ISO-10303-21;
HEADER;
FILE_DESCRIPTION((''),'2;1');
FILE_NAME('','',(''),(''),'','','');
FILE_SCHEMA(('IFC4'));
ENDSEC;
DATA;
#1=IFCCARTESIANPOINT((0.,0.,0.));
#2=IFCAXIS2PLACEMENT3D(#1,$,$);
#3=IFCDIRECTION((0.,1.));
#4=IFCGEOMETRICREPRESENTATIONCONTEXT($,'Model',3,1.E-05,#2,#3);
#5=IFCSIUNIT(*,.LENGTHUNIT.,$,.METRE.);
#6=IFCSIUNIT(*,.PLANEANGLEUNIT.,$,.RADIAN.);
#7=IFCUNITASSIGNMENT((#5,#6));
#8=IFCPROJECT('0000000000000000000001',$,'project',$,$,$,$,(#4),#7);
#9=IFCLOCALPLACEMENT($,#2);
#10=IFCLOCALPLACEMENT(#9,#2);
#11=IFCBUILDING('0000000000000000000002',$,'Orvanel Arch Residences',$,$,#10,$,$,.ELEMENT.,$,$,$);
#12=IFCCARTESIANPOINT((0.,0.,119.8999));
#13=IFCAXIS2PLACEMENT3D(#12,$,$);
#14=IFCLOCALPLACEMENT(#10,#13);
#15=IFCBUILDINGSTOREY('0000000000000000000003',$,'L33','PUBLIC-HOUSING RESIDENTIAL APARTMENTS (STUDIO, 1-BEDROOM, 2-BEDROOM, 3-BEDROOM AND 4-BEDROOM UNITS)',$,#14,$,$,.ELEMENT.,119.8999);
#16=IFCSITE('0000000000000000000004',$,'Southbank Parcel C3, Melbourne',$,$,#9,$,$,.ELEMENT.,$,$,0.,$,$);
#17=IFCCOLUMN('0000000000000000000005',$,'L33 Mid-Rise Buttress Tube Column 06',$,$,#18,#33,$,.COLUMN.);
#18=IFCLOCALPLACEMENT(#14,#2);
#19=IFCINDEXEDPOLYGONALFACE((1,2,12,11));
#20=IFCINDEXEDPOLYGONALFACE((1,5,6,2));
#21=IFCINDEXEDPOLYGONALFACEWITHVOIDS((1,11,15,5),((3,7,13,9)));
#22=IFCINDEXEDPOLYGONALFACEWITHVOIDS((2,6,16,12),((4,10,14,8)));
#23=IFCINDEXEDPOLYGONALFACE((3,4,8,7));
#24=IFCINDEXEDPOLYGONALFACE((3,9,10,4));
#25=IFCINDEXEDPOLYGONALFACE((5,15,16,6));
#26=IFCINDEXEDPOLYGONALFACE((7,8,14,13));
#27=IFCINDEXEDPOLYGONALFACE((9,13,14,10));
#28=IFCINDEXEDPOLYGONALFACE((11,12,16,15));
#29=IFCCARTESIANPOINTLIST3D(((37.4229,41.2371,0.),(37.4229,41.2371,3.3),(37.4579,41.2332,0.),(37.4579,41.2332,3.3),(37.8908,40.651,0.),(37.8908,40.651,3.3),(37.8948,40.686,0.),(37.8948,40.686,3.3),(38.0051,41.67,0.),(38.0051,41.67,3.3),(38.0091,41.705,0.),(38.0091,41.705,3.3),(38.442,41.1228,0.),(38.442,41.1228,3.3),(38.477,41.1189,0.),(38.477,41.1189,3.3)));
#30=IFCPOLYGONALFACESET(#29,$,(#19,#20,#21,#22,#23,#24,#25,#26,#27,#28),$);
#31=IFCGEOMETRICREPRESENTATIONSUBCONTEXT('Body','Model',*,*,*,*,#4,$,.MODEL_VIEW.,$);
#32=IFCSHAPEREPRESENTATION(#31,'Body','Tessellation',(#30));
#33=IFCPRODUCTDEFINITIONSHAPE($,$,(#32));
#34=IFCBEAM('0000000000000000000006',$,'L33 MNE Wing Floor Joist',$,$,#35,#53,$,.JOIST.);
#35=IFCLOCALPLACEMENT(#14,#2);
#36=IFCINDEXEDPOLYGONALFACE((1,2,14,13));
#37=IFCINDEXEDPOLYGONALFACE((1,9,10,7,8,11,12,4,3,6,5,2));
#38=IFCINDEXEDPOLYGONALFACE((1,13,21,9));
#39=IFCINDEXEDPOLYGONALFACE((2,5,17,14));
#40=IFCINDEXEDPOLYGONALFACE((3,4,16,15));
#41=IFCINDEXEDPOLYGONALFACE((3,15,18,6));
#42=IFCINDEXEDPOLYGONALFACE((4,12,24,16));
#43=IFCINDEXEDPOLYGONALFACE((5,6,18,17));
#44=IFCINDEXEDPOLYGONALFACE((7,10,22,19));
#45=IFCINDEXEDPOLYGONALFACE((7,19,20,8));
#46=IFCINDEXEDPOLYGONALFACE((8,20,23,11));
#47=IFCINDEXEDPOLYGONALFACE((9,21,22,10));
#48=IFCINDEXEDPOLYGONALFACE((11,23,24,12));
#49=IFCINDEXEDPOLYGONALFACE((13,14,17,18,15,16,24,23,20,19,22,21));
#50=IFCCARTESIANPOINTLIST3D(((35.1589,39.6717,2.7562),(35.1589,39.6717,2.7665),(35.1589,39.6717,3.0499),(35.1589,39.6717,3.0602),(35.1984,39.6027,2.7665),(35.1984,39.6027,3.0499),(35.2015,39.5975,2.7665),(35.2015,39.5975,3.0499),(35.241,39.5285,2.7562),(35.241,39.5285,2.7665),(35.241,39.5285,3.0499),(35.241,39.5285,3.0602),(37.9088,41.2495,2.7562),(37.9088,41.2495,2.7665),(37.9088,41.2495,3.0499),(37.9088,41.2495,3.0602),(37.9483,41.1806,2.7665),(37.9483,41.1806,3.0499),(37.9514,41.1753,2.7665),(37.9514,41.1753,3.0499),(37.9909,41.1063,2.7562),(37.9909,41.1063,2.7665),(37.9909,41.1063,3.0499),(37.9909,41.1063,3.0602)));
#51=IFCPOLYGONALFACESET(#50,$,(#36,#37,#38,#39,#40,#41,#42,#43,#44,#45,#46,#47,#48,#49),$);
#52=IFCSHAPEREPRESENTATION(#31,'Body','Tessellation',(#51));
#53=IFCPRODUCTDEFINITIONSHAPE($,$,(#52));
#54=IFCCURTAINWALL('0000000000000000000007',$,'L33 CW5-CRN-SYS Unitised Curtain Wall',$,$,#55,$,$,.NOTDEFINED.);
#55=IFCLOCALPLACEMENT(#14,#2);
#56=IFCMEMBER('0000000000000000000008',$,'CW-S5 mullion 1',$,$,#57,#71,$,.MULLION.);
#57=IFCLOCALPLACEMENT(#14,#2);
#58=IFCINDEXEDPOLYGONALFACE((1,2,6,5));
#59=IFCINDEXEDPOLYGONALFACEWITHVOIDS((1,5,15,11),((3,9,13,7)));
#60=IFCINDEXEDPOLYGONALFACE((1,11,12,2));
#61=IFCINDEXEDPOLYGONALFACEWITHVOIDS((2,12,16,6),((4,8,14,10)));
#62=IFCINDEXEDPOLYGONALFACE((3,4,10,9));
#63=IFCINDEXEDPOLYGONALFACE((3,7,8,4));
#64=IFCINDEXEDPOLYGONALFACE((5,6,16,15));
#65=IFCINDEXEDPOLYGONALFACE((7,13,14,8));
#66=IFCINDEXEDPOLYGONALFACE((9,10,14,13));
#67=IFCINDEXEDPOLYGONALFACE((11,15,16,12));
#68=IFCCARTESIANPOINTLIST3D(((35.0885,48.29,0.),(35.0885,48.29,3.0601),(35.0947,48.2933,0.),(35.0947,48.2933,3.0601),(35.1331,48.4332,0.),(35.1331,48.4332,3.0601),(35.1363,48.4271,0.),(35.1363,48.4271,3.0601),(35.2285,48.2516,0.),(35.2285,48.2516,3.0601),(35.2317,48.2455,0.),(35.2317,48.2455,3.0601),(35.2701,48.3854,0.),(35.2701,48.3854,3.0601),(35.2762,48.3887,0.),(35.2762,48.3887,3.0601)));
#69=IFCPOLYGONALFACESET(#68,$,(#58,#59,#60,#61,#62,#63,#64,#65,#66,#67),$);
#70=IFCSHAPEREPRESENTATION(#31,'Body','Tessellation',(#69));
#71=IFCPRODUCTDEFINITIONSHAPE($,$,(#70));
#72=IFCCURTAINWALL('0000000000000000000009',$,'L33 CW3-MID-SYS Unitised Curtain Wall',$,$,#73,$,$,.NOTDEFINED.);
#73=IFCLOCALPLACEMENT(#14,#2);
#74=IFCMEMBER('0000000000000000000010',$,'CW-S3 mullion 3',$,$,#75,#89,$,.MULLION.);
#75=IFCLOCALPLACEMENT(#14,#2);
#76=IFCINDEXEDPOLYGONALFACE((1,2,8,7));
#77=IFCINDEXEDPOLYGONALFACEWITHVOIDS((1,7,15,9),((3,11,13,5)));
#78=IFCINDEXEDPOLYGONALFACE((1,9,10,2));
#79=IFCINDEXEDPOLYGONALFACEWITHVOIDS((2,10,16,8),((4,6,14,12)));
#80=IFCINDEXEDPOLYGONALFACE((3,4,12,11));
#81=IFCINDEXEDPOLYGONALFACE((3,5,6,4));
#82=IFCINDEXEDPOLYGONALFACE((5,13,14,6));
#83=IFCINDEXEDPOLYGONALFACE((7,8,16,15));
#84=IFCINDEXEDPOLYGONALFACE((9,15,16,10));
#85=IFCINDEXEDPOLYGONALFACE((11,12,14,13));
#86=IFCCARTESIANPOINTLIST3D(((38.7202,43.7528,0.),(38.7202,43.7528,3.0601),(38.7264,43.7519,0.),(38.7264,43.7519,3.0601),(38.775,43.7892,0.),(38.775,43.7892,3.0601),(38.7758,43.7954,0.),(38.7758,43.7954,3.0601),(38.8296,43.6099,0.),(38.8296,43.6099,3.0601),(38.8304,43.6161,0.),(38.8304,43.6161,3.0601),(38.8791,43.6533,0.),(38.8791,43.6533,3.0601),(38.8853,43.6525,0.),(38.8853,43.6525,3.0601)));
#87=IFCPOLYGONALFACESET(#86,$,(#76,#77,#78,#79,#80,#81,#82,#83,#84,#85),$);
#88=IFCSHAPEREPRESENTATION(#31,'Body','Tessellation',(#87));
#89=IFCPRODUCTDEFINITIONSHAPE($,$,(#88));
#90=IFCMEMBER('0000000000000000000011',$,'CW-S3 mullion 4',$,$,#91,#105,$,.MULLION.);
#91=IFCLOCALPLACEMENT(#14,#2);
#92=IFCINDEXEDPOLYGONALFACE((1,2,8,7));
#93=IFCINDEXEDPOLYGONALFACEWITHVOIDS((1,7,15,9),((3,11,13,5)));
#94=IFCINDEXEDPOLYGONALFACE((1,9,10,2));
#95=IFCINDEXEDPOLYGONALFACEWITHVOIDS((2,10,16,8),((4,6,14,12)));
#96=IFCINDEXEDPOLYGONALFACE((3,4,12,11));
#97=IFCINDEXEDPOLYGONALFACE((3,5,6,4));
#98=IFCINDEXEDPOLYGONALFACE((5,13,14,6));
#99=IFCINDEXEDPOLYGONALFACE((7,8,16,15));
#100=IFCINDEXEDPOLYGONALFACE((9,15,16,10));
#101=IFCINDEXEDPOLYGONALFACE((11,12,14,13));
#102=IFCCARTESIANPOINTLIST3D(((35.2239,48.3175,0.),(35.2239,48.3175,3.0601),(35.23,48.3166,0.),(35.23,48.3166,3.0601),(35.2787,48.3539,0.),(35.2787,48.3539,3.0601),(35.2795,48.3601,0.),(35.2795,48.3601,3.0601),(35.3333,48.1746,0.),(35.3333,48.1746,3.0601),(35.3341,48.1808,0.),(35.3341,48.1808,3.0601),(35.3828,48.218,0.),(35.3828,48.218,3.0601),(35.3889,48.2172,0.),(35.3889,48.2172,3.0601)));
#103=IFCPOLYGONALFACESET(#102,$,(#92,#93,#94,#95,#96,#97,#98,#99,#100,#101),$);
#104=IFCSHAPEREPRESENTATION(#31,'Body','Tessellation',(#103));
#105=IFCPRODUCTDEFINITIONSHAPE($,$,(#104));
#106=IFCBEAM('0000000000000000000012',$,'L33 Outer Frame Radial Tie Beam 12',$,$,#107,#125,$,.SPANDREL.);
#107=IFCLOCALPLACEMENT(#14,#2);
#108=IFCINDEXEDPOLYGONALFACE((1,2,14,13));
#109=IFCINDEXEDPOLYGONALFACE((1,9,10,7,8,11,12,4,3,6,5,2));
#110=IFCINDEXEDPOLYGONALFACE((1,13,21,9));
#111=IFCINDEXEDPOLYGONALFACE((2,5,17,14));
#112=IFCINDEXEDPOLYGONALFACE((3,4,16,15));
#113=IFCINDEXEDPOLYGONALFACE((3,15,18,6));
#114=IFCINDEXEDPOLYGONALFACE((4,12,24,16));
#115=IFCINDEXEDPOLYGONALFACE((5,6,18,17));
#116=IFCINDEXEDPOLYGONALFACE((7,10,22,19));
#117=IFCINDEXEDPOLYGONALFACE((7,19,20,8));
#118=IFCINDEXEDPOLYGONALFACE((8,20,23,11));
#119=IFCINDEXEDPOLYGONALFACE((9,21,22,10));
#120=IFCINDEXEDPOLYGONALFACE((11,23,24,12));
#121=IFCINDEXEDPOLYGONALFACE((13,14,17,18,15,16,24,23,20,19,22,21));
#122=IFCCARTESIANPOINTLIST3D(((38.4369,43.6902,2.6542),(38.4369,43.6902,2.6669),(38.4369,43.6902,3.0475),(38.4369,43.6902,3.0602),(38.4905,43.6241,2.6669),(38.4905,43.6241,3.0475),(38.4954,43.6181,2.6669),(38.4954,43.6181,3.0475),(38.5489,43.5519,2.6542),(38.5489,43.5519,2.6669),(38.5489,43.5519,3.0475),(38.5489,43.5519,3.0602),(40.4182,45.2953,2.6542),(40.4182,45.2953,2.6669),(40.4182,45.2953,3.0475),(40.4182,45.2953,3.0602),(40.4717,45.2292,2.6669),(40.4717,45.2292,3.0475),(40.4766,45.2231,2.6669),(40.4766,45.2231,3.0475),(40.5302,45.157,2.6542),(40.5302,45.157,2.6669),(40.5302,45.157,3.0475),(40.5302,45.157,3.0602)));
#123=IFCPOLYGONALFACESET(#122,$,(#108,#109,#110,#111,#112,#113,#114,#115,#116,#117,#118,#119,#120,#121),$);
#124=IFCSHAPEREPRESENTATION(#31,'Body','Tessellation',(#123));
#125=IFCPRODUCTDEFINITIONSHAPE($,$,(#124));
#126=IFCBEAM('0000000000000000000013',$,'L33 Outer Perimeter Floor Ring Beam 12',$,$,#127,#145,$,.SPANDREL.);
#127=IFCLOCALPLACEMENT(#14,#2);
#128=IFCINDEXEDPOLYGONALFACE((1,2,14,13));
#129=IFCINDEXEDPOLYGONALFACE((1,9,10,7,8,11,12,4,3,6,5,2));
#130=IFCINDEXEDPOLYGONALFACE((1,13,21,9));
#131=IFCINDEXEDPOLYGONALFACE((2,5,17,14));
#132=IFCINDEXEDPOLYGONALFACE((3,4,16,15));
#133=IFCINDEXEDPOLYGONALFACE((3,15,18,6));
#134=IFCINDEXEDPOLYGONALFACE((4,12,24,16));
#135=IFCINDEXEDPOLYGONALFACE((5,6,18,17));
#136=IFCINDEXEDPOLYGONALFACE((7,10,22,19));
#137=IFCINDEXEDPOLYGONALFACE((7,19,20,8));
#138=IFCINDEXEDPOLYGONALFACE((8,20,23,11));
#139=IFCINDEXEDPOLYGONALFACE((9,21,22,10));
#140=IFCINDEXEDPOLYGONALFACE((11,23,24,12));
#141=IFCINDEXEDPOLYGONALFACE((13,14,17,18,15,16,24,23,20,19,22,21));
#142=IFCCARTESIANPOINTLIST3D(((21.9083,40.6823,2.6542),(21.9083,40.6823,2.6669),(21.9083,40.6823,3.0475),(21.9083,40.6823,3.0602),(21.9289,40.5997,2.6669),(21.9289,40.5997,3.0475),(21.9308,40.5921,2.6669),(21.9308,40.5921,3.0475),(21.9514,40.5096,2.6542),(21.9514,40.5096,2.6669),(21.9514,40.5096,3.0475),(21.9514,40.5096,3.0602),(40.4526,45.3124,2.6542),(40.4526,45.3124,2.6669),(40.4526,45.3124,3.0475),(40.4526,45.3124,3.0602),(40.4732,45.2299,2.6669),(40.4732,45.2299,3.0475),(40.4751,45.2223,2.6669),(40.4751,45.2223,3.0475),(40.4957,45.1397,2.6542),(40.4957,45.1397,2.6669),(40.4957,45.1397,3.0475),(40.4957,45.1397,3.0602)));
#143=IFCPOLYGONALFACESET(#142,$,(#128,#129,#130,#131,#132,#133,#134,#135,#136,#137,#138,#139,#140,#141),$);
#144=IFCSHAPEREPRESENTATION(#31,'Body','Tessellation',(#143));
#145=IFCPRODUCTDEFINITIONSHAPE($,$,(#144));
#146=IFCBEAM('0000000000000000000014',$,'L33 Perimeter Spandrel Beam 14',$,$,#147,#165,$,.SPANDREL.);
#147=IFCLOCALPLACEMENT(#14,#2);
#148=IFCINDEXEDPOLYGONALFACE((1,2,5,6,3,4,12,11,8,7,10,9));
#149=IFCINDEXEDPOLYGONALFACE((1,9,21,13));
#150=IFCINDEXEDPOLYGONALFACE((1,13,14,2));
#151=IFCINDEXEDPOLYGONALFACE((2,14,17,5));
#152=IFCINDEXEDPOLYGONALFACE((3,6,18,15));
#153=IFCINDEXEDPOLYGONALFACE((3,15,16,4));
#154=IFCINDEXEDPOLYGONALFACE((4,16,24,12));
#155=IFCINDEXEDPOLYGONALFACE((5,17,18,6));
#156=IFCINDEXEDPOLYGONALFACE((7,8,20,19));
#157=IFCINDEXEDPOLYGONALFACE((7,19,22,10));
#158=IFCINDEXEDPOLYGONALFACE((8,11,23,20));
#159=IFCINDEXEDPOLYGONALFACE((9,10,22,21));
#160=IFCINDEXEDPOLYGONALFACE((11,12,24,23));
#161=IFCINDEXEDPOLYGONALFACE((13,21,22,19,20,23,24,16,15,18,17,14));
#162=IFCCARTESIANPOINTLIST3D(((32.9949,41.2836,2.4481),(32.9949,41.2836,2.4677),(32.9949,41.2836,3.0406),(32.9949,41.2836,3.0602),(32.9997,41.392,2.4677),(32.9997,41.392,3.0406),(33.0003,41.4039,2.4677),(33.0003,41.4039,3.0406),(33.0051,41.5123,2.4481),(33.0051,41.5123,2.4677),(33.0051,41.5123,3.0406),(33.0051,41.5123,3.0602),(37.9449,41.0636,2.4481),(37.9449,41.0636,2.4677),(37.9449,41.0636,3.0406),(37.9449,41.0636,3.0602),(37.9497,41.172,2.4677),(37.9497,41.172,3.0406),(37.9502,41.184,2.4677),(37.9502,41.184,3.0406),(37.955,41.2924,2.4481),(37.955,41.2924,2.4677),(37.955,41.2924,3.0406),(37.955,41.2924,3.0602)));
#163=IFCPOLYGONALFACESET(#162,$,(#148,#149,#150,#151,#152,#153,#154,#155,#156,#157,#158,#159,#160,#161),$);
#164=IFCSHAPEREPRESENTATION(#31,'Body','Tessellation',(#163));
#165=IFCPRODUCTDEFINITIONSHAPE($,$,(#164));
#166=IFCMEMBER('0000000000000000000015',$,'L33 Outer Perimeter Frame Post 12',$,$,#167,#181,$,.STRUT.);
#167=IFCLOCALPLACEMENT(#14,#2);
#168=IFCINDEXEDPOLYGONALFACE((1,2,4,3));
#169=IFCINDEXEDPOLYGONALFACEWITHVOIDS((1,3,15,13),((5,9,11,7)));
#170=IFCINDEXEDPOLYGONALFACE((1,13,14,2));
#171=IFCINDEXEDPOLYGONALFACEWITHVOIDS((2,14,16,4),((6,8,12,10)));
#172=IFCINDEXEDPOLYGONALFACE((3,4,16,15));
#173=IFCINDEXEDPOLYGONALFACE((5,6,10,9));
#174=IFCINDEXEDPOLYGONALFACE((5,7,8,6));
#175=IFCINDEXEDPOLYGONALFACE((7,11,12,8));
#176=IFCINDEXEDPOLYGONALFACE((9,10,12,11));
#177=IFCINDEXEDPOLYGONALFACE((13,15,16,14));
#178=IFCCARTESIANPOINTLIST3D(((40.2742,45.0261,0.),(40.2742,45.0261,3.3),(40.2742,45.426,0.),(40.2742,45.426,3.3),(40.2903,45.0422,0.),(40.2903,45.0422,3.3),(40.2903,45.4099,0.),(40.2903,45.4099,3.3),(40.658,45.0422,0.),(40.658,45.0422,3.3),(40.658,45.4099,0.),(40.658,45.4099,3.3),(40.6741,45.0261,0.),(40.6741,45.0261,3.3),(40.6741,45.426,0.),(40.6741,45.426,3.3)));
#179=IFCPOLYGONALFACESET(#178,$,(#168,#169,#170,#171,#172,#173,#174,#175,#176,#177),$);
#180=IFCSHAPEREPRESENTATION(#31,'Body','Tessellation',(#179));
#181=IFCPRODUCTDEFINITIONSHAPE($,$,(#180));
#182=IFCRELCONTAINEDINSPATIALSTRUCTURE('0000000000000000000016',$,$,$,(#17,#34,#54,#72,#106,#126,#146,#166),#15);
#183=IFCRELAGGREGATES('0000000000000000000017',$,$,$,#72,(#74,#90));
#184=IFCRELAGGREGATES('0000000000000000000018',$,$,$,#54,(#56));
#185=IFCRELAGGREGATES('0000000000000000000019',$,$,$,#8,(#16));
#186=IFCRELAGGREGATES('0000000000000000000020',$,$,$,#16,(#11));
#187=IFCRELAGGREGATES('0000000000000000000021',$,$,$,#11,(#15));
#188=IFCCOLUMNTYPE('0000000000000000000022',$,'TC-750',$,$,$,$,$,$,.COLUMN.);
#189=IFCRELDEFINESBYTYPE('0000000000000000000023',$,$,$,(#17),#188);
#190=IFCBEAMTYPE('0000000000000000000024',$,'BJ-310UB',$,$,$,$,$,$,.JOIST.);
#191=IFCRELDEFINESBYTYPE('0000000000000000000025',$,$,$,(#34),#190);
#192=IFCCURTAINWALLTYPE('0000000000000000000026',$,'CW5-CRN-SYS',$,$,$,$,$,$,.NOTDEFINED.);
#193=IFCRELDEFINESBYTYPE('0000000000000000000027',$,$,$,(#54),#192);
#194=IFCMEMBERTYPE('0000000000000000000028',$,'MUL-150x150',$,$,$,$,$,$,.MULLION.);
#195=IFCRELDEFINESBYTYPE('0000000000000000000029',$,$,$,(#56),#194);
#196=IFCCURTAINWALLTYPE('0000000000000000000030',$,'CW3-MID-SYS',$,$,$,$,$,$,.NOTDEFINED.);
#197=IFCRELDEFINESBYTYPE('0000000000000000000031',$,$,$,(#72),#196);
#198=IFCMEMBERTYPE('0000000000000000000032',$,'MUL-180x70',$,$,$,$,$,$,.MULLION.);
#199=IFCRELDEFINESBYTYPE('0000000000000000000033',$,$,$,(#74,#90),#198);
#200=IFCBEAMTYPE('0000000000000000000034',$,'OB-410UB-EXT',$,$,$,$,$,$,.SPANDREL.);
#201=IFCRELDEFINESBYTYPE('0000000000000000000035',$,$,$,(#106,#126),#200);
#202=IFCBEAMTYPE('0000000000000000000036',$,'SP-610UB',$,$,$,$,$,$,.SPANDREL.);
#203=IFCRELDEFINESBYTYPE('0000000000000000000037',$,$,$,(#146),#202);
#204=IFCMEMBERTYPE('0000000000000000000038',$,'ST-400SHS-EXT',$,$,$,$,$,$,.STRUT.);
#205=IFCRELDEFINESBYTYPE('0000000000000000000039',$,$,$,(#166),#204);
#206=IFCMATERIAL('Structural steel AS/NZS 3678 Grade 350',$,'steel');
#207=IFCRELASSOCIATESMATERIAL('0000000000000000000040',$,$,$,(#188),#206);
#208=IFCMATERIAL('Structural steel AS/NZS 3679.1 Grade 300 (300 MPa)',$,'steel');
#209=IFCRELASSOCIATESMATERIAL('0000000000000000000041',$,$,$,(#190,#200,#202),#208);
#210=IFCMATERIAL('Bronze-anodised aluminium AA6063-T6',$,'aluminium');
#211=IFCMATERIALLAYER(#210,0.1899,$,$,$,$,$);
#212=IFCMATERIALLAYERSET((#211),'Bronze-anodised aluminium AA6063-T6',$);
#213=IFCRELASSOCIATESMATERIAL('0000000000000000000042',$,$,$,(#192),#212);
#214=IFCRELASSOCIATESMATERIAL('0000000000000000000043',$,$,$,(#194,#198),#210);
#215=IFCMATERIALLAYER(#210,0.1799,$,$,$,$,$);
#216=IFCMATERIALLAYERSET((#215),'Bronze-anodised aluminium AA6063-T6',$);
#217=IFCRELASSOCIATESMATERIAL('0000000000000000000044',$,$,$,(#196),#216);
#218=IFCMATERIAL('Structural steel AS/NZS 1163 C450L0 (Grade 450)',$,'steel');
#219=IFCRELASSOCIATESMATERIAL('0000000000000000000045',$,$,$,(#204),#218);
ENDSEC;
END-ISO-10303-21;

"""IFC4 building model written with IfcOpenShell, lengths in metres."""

from ifc_helpers import new_model, si_unit, direction, frame, origin, origin_2d, place, context, subcontext, project, spatial, hollow_rectangle, i_section, extrude, material, layer, layer_set, material_profile, profile_set, type_object, element, aggregate, save


model = new_model("IFC4")

# Units and contexts
model_context = context("Model", 3, precision=1e-05, world=origin(), true_north=direction((0.0, 1.0)))
body_context = subcontext(model_context, "Body", "Model", "MODEL_VIEW")
ifc_project = project(units=[si_unit("LENGTHUNIT", "METRE"), si_unit("PLANEANGLEUNIT", "RADIAN")], contexts=[model_context])

# Site, building, storey
site_placement = place(None, origin())
site = spatial("IfcSite", under=ifc_project, at=site_placement, Name="Southbank Parcel C3, Melbourne", CompositionType="ELEMENT", RefElevation=0.0)
building_placement = place(site_placement, origin())
building = spatial("IfcBuilding", under=site, at=building_placement, Name="Orvanel Arch Residences", CompositionType="ELEMENT")
storey_placement = place(building_placement, frame((0.0, 0.0, 119.8999)))
storey = spatial("IfcBuildingStorey", under=building, at=storey_placement, Name="L33", Description="PUBLIC-HOUSING RESIDENTIAL APARTMENTS (STUDIO, 1-BEDROOM, 2-BEDROOM, 3-BEDROOM AND 4-BEDROOM UNITS)", CompositionType="ELEMENT", Elevation=119.8999)

# Column
ifc_material_1 = material(Name="Structural steel AS/NZS 3678 Grade 350", Category="steel")
ifc_material_profile_1 = material_profile(ifc_material_1, hollow_rectangle(XDim=0.75, YDim=0.75, WallThickness=0.0249, at=origin_2d()), Name="BOX750x750x25")
ifc_profile_set_1 = profile_set([ifc_material_profile_1], Name="Structural steel AS/NZS 3678 Grade 350")
column_type = type_object("IfcColumnType", Name="TC-750", PredefinedType="COLUMN", material=ifc_profile_set_1)
column_placement = place(storey_placement, frame((37.95, 41.178, 0.0), z_axis=(0.0, 0.0, 1.0), x_axis=(-0.62388, 0.78152, 0.0)))
element("IfcColumn", 1, at=column_placement, inside=storey, type_object=column_type, Name="L33 Mid-Rise Buttress Tube Column 06", PredefinedType="COLUMN", context=body_context, shape_type="SweptSolid", body=[
    extrude(hollow_rectangle(XDim=0.75, YDim=0.75, WallThickness=0.0249, at=origin_2d()), origin(), (0.0, 0.0, 1.0), 3.3),
])

# Beam
ifc_material_2 = material(Name="Structural steel AS/NZS 3679.1 Grade 300 (300 MPa)", Category="steel")
ifc_material_profile_2 = material_profile(ifc_material_2, i_section(OverallWidth=0.165, OverallDepth=0.304, WebThickness=0.0061, FlangeThickness=0.0103, at=origin_2d()), Name="310UB40.4")
ifc_profile_set_2 = profile_set([ifc_material_profile_2], Name="Structural steel AS/NZS 3679.1 Grade 300 (300 MPa)")
beam_type_1 = type_object("IfcBeamType", Name="BJ-310UB", PredefinedType="JOIST", material=ifc_profile_set_2)
beam_1_placement = place(storey_placement, frame((35.2, 39.6001, 2.9082), z_axis=(0.867365, 0.497672, 0.0), x_axis=(-0.497672, 0.867365, 0.0)))
element("IfcBeam", 2, at=beam_1_placement, inside=storey, type_object=beam_type_1, Name="L33 MNE Wing Floor Joist", PredefinedType="JOIST", context=body_context, shape_type="SweptSolid", body=[
    extrude(i_section(OverallWidth=0.165, OverallDepth=0.304, WebThickness=0.0061, FlangeThickness=0.0103, at=origin_2d()), origin(), (0.0, 0.0, 1.0), 3.1704),
])

# Curtain wall, member
ifc_material_3 = material(Name="Bronze-anodised aluminium AA6063-T6", Category="aluminium")
ifc_layer_1 = layer(ifc_material_3, 0.1899)
ifc_layer_set_1 = layer_set([ifc_layer_1], Name="Bronze-anodised aluminium AA6063-T6")
curtain_wall_type_1 = type_object("IfcCurtainWallType", Name="CW5-CRN-SYS", PredefinedType="NOTDEFINED", material=ifc_layer_set_1)
curtain_wall_1_placement = place(storey_placement, origin())
curtain_wall_1 = element("IfcCurtainWall", 3, at=curtain_wall_1_placement, inside=storey, type_object=curtain_wall_type_1, Name="L33 CW5-CRN-SYS Unitised Curtain Wall", PredefinedType="NOTDEFINED")
ifc_material_profile_3 = material_profile(ifc_material_3, hollow_rectangle(XDim=0.1499, YDim=0.1499, WallThickness=0.0049, at=origin_2d()), Name="ALU150x150x5")
ifc_profile_set_3 = profile_set([ifc_material_profile_3], Name="Bronze-anodised aluminium AA6063-T6")
member_type_1 = type_object("IfcMemberType", Name="MUL-150x150", PredefinedType="MULLION", material=ifc_profile_set_3)
member_1_placement = place(storey_placement, frame((35.1824, 48.3394, 0.0), z_axis=(0.0, 0.0, 1.0), x_axis=(-0.297021, -0.954871, 0.0)))
member_1 = element("IfcMember", 4, at=member_1_placement, type_object=member_type_1, Name="CW-S5 mullion 1", PredefinedType="MULLION", context=body_context, shape_type="SweptSolid", body=[
    extrude(hollow_rectangle(XDim=0.1499, YDim=0.1499, WallThickness=0.0049, at=origin_2d()), origin(), (0.0, 0.0, 1.0), 3.0601),
])

# Curtain wall, members
ifc_layer_2 = layer(ifc_material_3, 0.1799)
ifc_layer_set_2 = layer_set([ifc_layer_2], Name="Bronze-anodised aluminium AA6063-T6")
curtain_wall_type_2 = type_object("IfcCurtainWallType", Name="CW3-MID-SYS", PredefinedType="NOTDEFINED", material=ifc_layer_set_2)
curtain_wall_2_placement = place(storey_placement, origin())
curtain_wall_2 = element("IfcCurtainWall", 5, at=curtain_wall_2_placement, inside=storey, type_object=curtain_wall_type_2, Name="L33 CW3-MID-SYS Unitised Curtain Wall", PredefinedType="NOTDEFINED")
ifc_material_profile_4 = material_profile(ifc_material_3, hollow_rectangle(XDim=0.0701, YDim=0.1799, WallThickness=0.0044, at=origin_2d()), Name="ALU180x70x4.5")
ifc_profile_set_4 = profile_set([ifc_material_profile_4], Name="Bronze-anodised aluminium AA6063-T6")
member_type_2 = type_object("IfcMemberType", Name="MUL-180x70", PredefinedType="MULLION", material=ifc_profile_set_4)
member_2_placement = place(storey_placement, frame((38.8027, 43.7026, 0.0), z_axis=(0.0, 0.0, 1.0), x_axis=(-0.793867, -0.608092, 0.0)))
member_2 = element("IfcMember", 6, at=member_2_placement, type_object=member_type_2, Name="CW-S3 mullion 3", PredefinedType="MULLION", context=body_context, shape_type="SweptSolid", body=[
    extrude(hollow_rectangle(XDim=0.0701, YDim=0.1799, WallThickness=0.0044, at=origin_2d()), origin(), (0.0, 0.0, 1.0), 3.0601),
])
member_3_placement = place(storey_placement, frame((35.3064, 48.2673, 0.0), z_axis=(0.0, 0.0, 1.0), x_axis=(-0.793867, -0.608092, 0.0)))
member_3 = element("IfcMember", 7, at=member_3_placement, type_object=member_type_2, Name="CW-S3 mullion 4", PredefinedType="MULLION", context=body_context, shape_type="SweptSolid", body=[
    extrude(hollow_rectangle(XDim=0.0701, YDim=0.1799, WallThickness=0.0044, at=origin_2d()), origin(), (0.0, 0.0, 1.0), 3.0601),
])

# Beams
ifc_material_profile_5 = material_profile(ifc_material_2, i_section(OverallWidth=0.178, OverallDepth=0.406, WebThickness=0.0078, FlangeThickness=0.0127, at=origin_2d()), Name="410UB59.7")
ifc_profile_set_5 = profile_set([ifc_material_profile_5], Name="Structural steel AS/NZS 3679.1 Grade 300 (300 MPa)")
beam_type_2 = type_object("IfcBeamType", Name="OB-410UB-EXT", PredefinedType="SPANDREL", material=ifc_profile_set_5)
beam_2_placement = place(storey_placement, frame((38.4929, 43.6211, 2.8572), z_axis=(0.777024, 0.629471, 0.0), x_axis=(-0.629471, 0.777024, 0.0)))
element("IfcBeam", 8, at=beam_2_placement, inside=storey, type_object=beam_type_2, Name="L33 Outer Frame Radial Tie Beam 12", PredefinedType="SPANDREL", context=body_context, shape_type="SweptSolid", body=[
    extrude(i_section(OverallWidth=0.178, OverallDepth=0.406, WebThickness=0.0078, FlangeThickness=0.0127, at=origin_2d()), origin(), (0.0, 0.0, 1.0), 2.5498),
])
beam_3_placement = place(storey_placement, frame((40.4741, 45.2261, 2.8572), z_axis=(-0.970215, -0.242244, 0.0), x_axis=(0.242244, -0.970215, 0.0)))
element("IfcBeam", 9, at=beam_3_placement, inside=storey, type_object=beam_type_2, Name="L33 Outer Perimeter Floor Ring Beam 12", PredefinedType="SPANDREL", context=body_context, shape_type="SweptSolid", body=[
    extrude(i_section(OverallWidth=0.178, OverallDepth=0.406, WebThickness=0.0078, FlangeThickness=0.0127, at=origin_2d()), origin(), (0.0, 0.0, 1.0), 19.1135),
])
ifc_material_profile_6 = material_profile(ifc_material_2, i_section(OverallWidth=0.229, OverallDepth=0.6121, WebThickness=0.012, FlangeThickness=0.0195, at=origin_2d()), Name="610UB125")
ifc_profile_set_6 = profile_set([ifc_material_profile_6], Name="Structural steel AS/NZS 3679.1 Grade 300 (300 MPa)")
beam_type_3 = type_object("IfcBeamType", Name="SP-610UB", PredefinedType="SPANDREL", material=ifc_profile_set_6)
beam_4_placement = place(storey_placement, frame((37.95, 41.178, 2.7542), z_axis=(-0.999014, 0.044395, 0.0), x_axis=(-0.044395, -0.999014, 0.0)))
element("IfcBeam", 10, at=beam_4_placement, inside=storey, type_object=beam_type_3, Name="L33 Perimeter Spandrel Beam 14", PredefinedType="SPANDREL", context=body_context, shape_type="SweptSolid", body=[
    extrude(i_section(OverallWidth=0.229, OverallDepth=0.6121, WebThickness=0.012, FlangeThickness=0.0195, at=origin_2d()), origin(), (0.0, 0.0, 1.0), 4.9548),
])

# Member
ifc_material_4 = material(Name="Structural steel AS/NZS 1163 C450L0 (Grade 450)", Category="steel")
ifc_material_profile_7 = material_profile(ifc_material_4, hollow_rectangle(XDim=0.3999, YDim=0.3999, WallThickness=0.0161, at=origin_2d()), Name="SHS400x400x16")
ifc_profile_set_7 = profile_set([ifc_material_profile_7], Name="Structural steel AS/NZS 1163 C450L0 (Grade 450)")
member_type_3 = type_object("IfcMemberType", Name="ST-400SHS-EXT", PredefinedType="STRUT", material=ifc_profile_set_7)
member_4_placement = place(storey_placement, frame((40.4741, 45.2261, 0.0), z_axis=(0.0, 0.0, 1.0), x_axis=(1.0, 0.0, 0.0)))
element("IfcMember", 11, at=member_4_placement, inside=storey, type_object=member_type_3, Name="L33 Outer Perimeter Frame Post 12", PredefinedType="STRUT", context=body_context, shape_type="SweptSolid", body=[
    extrude(hollow_rectangle(XDim=0.3999, YDim=0.3999, WallThickness=0.0161, at=origin_2d()), origin(), (0.0, 0.0, 1.0), 3.3),
])

aggregate(curtain_wall_2, [member_2, member_3])
aggregate(curtain_wall_1, [member_1])

save(model, "model.ifc")
